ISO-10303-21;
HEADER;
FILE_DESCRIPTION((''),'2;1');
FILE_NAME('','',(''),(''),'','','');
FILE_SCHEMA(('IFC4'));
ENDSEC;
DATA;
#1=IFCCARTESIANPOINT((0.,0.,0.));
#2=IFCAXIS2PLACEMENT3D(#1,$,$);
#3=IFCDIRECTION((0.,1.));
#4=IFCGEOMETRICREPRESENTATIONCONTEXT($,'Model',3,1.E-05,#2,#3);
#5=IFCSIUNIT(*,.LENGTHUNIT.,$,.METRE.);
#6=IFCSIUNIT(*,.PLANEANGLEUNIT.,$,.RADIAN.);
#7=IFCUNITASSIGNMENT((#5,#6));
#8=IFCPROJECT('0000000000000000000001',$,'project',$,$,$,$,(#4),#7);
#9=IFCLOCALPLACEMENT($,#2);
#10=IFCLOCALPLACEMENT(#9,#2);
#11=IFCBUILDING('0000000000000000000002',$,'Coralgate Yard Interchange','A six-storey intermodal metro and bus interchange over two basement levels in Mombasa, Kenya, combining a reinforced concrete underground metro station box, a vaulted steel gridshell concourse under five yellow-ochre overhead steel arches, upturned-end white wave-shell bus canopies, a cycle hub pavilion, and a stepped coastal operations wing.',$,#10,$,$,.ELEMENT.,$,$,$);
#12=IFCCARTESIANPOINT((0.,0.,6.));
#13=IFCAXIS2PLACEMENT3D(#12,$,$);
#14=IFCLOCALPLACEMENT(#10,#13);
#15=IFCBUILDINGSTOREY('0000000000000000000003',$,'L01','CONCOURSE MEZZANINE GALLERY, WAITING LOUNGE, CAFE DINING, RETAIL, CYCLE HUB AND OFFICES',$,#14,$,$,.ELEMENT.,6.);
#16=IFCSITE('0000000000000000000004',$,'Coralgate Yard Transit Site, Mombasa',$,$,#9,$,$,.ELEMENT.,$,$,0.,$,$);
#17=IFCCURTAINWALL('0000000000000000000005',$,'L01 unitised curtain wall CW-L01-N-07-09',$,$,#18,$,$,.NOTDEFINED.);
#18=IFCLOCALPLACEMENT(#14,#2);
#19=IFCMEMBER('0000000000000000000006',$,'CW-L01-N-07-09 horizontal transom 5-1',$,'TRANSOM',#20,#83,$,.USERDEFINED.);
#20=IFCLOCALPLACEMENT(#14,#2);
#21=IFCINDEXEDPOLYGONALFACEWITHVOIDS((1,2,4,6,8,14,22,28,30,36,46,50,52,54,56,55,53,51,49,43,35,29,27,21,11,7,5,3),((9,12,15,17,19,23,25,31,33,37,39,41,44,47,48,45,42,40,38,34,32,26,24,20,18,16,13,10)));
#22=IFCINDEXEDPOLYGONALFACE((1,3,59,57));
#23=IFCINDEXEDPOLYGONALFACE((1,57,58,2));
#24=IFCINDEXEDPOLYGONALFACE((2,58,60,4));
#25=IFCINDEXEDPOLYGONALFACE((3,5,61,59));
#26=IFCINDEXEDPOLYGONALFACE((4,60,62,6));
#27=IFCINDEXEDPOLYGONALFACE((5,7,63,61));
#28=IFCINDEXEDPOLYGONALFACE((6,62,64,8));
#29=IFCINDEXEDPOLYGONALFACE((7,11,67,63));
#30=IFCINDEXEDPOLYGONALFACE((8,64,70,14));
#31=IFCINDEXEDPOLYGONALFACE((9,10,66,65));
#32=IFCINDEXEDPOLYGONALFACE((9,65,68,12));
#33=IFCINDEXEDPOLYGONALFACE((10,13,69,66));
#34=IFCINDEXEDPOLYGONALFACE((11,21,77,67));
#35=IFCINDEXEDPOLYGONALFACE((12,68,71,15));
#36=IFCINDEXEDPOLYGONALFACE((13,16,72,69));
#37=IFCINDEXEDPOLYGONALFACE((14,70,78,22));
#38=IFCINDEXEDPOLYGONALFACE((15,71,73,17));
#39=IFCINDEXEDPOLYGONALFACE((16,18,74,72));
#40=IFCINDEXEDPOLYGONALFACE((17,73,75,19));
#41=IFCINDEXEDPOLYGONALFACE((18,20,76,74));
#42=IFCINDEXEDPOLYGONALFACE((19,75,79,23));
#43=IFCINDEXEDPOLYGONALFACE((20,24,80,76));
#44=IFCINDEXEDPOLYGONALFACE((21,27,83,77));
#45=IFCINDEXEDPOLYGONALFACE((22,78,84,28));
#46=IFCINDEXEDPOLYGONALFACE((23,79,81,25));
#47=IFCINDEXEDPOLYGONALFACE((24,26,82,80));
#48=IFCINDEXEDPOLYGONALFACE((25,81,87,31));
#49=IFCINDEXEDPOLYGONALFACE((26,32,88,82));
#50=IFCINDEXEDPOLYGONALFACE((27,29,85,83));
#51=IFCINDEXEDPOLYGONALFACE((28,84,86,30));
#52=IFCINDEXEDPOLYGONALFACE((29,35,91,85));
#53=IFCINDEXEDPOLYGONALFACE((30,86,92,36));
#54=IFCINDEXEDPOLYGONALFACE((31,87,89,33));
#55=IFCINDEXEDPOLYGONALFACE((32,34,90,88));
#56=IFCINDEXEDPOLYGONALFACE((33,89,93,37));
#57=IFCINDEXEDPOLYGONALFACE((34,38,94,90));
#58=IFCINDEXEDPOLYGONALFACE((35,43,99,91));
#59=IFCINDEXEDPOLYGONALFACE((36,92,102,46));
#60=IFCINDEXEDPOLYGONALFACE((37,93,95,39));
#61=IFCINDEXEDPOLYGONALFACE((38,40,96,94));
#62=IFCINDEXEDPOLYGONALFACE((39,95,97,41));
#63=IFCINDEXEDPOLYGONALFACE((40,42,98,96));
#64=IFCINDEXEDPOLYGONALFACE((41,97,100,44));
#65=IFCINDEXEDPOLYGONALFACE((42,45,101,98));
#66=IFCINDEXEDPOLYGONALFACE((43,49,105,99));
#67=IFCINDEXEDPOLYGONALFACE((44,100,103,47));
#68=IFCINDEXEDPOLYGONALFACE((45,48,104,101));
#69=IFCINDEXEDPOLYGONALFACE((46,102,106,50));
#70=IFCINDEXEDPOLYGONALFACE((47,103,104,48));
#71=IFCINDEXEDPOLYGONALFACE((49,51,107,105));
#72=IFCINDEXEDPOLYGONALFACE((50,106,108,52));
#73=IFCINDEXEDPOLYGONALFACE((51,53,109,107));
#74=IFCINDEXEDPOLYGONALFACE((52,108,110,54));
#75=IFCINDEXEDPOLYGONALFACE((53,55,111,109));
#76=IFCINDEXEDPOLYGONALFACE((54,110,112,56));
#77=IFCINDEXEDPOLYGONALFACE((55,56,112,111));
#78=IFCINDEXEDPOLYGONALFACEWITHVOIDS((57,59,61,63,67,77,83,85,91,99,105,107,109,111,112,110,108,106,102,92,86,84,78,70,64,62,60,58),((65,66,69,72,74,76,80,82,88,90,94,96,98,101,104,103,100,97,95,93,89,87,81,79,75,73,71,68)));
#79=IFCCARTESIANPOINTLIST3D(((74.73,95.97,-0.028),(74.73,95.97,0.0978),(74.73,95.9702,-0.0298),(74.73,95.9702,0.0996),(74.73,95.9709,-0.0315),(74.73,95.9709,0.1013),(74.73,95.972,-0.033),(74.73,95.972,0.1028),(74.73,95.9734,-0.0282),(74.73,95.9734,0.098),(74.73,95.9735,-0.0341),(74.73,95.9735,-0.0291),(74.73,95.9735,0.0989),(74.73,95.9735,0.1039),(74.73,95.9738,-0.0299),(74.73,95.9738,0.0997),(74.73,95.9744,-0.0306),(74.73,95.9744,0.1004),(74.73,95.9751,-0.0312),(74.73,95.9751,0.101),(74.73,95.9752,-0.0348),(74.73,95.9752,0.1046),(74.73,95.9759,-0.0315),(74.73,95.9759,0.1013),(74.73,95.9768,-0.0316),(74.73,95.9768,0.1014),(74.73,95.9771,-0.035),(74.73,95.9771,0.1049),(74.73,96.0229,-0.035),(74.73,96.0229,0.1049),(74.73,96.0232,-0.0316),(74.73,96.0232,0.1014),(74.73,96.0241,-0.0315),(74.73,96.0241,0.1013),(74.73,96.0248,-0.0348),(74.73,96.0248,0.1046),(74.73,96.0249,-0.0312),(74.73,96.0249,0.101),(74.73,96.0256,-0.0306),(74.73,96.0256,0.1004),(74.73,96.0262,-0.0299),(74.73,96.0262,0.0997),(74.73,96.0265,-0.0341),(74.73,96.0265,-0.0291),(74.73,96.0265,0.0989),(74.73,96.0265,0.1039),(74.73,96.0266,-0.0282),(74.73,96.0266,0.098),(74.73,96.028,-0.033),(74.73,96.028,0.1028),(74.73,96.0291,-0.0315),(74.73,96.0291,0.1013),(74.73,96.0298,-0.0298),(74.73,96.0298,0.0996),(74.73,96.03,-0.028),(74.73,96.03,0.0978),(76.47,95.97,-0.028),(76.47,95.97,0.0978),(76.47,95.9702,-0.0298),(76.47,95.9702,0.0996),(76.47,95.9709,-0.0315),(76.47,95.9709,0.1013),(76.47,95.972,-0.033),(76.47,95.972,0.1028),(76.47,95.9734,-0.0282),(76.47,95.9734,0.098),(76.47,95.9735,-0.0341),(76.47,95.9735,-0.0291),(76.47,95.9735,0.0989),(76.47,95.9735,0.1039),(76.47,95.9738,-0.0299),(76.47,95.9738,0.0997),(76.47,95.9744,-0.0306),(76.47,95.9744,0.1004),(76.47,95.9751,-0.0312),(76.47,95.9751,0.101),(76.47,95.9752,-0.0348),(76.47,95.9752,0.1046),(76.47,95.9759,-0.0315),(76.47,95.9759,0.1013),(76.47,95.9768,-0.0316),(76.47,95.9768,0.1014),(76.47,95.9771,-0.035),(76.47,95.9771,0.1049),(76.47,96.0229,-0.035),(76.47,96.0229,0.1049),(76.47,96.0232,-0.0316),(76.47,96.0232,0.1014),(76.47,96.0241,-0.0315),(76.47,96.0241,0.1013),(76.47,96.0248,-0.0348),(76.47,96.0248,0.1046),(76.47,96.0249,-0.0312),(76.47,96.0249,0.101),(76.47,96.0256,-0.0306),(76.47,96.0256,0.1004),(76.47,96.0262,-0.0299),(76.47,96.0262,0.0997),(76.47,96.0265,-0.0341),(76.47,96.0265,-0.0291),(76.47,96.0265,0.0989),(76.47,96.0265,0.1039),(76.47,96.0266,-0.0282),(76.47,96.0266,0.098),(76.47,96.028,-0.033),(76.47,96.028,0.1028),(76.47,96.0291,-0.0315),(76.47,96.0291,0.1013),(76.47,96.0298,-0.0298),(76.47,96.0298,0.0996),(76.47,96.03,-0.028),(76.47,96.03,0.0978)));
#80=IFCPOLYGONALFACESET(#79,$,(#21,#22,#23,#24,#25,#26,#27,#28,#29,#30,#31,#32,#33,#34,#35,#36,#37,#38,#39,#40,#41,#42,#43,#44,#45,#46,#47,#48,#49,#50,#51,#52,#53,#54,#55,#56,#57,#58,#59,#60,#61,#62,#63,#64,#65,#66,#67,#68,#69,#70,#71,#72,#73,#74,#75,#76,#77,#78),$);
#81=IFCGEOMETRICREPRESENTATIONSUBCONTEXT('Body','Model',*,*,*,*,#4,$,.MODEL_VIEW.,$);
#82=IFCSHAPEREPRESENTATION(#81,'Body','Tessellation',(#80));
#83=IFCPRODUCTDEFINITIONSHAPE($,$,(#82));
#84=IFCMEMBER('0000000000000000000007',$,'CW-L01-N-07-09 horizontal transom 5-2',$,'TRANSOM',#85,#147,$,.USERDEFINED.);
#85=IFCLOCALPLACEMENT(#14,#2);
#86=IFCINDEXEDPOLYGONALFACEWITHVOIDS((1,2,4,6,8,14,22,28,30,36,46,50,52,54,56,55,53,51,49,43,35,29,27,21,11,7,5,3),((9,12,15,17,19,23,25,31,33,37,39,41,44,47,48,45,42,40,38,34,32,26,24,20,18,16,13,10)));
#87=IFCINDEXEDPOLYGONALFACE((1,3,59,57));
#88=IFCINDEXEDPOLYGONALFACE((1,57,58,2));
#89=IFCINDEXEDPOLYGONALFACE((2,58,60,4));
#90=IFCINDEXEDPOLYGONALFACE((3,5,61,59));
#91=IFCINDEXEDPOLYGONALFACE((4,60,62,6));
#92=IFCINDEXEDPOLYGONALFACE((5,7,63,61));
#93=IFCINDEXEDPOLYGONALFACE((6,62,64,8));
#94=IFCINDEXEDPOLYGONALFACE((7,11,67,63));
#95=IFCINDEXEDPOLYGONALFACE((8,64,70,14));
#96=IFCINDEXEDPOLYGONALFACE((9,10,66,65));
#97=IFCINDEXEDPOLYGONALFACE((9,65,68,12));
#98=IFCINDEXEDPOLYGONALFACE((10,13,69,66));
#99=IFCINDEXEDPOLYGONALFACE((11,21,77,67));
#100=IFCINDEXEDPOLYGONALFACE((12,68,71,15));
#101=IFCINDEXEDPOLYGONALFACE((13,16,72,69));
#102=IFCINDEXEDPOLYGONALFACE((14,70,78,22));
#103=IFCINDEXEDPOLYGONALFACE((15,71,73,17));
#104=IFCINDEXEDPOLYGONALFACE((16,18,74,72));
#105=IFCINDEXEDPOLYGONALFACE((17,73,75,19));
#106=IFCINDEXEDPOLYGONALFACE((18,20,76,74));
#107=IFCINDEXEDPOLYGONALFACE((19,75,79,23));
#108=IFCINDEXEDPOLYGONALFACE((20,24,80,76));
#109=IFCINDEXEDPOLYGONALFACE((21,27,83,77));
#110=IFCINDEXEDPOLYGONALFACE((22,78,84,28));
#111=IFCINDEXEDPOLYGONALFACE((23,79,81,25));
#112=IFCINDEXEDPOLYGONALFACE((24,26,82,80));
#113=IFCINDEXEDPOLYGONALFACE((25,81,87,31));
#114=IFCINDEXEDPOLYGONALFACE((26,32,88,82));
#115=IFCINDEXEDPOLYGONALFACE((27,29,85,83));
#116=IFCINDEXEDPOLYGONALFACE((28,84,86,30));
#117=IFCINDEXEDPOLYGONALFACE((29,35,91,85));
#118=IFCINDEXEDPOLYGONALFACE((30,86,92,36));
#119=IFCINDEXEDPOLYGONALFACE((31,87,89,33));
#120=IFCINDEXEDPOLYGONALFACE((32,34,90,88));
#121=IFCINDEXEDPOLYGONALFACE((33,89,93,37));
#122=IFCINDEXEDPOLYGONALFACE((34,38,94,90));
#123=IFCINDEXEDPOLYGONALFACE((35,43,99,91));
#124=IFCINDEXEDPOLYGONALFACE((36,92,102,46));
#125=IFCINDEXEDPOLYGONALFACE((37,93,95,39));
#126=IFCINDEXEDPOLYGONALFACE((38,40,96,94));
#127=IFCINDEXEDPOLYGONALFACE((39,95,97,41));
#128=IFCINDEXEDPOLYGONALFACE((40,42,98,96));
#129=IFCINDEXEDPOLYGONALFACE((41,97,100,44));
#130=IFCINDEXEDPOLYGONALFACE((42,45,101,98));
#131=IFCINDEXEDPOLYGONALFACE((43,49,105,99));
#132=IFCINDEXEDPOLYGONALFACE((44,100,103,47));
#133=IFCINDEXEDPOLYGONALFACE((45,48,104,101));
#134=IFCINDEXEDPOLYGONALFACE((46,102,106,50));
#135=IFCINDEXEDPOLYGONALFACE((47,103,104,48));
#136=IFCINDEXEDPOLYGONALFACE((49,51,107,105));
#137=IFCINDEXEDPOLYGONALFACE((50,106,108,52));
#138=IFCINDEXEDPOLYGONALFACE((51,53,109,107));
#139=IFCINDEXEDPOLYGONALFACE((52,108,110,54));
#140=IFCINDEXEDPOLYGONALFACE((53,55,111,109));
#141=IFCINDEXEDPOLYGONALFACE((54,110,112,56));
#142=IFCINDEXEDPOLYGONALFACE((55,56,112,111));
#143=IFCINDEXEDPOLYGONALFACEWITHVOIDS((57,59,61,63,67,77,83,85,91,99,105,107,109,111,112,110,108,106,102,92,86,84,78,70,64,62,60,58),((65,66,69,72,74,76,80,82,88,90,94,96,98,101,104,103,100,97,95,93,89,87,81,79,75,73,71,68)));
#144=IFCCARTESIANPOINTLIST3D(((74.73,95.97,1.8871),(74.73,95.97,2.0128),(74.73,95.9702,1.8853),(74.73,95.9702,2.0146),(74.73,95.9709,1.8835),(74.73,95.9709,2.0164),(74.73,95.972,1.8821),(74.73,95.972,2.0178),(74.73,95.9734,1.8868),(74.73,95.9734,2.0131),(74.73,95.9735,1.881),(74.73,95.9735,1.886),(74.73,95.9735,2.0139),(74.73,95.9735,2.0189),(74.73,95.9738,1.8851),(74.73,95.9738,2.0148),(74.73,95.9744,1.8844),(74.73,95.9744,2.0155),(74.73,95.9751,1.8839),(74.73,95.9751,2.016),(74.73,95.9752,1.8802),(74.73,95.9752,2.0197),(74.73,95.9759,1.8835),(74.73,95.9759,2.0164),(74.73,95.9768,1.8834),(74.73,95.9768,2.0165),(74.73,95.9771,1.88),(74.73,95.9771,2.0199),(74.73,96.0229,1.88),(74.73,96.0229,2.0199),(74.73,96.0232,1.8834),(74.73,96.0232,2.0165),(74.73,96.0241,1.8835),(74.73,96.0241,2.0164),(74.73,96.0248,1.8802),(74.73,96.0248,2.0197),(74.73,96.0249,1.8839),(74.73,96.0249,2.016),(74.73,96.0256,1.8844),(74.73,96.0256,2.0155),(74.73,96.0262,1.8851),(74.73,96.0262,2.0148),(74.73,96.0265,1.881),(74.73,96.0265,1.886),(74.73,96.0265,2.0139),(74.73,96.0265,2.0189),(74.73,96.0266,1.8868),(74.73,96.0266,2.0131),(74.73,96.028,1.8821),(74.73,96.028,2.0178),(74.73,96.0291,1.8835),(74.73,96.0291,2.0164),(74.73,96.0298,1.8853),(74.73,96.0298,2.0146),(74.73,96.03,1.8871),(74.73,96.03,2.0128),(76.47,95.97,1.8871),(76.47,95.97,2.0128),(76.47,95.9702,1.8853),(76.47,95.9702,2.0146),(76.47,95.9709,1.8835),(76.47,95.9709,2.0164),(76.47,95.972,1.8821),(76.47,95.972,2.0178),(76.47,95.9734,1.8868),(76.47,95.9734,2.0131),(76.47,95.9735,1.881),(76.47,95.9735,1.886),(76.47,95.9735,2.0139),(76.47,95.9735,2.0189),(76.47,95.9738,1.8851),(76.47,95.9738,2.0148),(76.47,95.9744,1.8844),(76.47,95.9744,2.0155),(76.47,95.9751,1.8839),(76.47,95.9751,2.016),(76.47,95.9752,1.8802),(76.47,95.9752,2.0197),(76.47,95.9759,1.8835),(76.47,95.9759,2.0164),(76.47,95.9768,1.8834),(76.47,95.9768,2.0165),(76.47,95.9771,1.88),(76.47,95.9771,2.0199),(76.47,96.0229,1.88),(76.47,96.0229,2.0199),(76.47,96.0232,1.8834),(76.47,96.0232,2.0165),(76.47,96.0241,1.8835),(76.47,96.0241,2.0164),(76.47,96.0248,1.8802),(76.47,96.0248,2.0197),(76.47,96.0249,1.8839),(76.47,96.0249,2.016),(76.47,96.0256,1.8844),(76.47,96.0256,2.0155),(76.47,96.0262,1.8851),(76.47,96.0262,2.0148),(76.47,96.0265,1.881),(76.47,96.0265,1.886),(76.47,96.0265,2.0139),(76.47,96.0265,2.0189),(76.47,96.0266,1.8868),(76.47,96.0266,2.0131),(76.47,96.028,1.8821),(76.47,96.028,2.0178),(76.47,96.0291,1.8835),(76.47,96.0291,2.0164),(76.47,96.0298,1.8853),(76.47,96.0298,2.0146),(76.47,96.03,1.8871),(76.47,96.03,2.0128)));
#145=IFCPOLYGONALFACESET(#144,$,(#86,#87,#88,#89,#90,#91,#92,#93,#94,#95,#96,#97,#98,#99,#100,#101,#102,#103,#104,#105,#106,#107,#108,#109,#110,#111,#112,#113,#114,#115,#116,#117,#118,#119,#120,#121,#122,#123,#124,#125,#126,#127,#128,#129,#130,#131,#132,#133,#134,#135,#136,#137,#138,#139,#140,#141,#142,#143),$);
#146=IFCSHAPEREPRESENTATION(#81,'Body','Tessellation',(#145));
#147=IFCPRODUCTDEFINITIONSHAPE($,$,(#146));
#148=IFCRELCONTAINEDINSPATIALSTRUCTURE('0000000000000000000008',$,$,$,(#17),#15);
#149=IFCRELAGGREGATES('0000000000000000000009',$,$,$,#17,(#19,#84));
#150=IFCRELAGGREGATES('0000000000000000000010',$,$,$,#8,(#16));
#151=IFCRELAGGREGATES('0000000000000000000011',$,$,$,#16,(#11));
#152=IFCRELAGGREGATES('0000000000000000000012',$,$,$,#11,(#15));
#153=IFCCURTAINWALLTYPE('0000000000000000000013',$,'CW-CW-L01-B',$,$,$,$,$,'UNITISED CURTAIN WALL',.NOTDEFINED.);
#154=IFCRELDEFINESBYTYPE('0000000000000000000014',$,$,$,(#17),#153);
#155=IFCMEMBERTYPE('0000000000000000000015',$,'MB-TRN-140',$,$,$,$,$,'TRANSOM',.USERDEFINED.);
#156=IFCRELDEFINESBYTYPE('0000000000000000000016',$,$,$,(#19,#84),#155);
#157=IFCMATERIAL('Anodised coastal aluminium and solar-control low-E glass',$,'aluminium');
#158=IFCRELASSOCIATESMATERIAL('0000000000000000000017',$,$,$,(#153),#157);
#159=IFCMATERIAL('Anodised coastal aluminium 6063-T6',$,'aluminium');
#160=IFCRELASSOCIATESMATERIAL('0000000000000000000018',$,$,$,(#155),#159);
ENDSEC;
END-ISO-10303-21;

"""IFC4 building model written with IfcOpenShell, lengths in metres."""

from ifc_helpers import new_model, si_unit, direction, frame, origin, origin_2d, place, context, subcontext, project, spatial, hollow_rectangle, extrude, material, material_profile, profile_set, type_object, element, aggregate, save


model = new_model("IFC4")

# Units and contexts
model_context = context("Model", 3, precision=1e-05, world=origin(), true_north=direction((0.0, 1.0)))
body_context = subcontext(model_context, "Body", "Model", "MODEL_VIEW")
ifc_project = project(units=[si_unit("LENGTHUNIT", "METRE"), si_unit("PLANEANGLEUNIT", "RADIAN")], contexts=[model_context])

# Site, building, storey
site_placement = place(None, origin())
site = spatial("IfcSite", under=ifc_project, at=site_placement, Name="Coralgate Yard Transit Site, Mombasa", CompositionType="ELEMENT", RefElevation=0.0)
building_placement = place(site_placement, origin())
building = spatial("IfcBuilding", under=site, at=building_placement, Name="Coralgate Yard Interchange", Description="A six-storey intermodal metro and bus interchange over two basement levels in Mombasa, Kenya, combining a reinforced concrete underground metro station box, a vaulted steel gridshell concourse under five yellow-ochre overhead steel arches, upturned-end white wave-shell bus canopies, a cycle hub pavilion, and a stepped coastal operations wing.", CompositionType="ELEMENT")
storey_placement = place(building_placement, frame((0.0, 0.0, 6.0)))
storey = spatial("IfcBuildingStorey", under=building, at=storey_placement, Name="L01", Description="CONCOURSE MEZZANINE GALLERY, WAITING LOUNGE, CAFE DINING, RETAIL, CYCLE HUB AND OFFICES", CompositionType="ELEMENT", Elevation=6.0)

# Curtain wall
ifc_material_1 = material(Name="Anodised coastal aluminium and solar-control low-E glass", Category="aluminium")
curtain_wall_type = type_object("IfcCurtainWallType", Name="CW-CW-L01-B", ElementType="UNITISED CURTAIN WALL", PredefinedType="NOTDEFINED", material=ifc_material_1)
curtain_wall_placement = place(storey_placement, origin())
curtain_wall = element("IfcCurtainWall", 1, at=curtain_wall_placement, inside=storey, type_object=curtain_wall_type, Name="L01 unitised curtain wall CW-L01-N-07-09", PredefinedType="NOTDEFINED")
ifc_material_2 = material(Name="Anodised coastal aluminium 6063-T6", Category="aluminium")

# Members
ifc_material_profile_1 = material_profile(ifc_material_2, hollow_rectangle(XDim=0.0601, YDim=0.1399, WallThickness=0.0034, InnerFilletRadius=0.0034, OuterFilletRadius=0.0071, at=origin_2d()), Name="ALU 60x140x3.5")
ifc_profile_set_1 = profile_set([ifc_material_profile_1], Name="Anodised coastal aluminium 6063-T6")
member_type_1 = type_object("IfcMemberType", Name="MB-TRN-140", ElementType="TRANSOM", PredefinedType="USERDEFINED", material=ifc_profile_set_1)
member_1_placement = place(storey_placement, frame((74.73, 96.0, 0.0349), z_axis=(1.0, 0.0, 0.0), x_axis=(0.0, 1.0, 0.0)))
member_1 = element("IfcMember", 2, at=member_1_placement, type_object=member_type_1, Name="CW-L01-N-07-09 horizontal transom 5-1", ObjectType="TRANSOM", PredefinedType="USERDEFINED", context=body_context, shape_type="SweptSolid", body=[
    extrude(hollow_rectangle(XDim=0.0601, YDim=0.1399, WallThickness=0.0034, InnerFilletRadius=0.0034, OuterFilletRadius=0.0071, at=origin_2d()), origin(), (0.0, 0.0, 1.0), 1.74),
])
member_2_placement = place(storey_placement, frame((74.73, 96.0, 1.95), z_axis=(1.0, 0.0, 0.0), x_axis=(0.0, 1.0, 0.0)))
member_2 = element("IfcMember", 3, at=member_2_placement, type_object=member_type_1, Name="CW-L01-N-07-09 horizontal transom 5-2", ObjectType="TRANSOM", PredefinedType="USERDEFINED", context=body_context, shape_type="SweptSolid", body=[
    extrude(hollow_rectangle(XDim=0.0601, YDim=0.1399, WallThickness=0.0034, InnerFilletRadius=0.0034, OuterFilletRadius=0.0071, at=origin_2d()), origin(), (0.0, 0.0, 1.0), 1.74),
])

aggregate(curtain_wall, [member_1, member_2])

save(model, "model.ifc")
